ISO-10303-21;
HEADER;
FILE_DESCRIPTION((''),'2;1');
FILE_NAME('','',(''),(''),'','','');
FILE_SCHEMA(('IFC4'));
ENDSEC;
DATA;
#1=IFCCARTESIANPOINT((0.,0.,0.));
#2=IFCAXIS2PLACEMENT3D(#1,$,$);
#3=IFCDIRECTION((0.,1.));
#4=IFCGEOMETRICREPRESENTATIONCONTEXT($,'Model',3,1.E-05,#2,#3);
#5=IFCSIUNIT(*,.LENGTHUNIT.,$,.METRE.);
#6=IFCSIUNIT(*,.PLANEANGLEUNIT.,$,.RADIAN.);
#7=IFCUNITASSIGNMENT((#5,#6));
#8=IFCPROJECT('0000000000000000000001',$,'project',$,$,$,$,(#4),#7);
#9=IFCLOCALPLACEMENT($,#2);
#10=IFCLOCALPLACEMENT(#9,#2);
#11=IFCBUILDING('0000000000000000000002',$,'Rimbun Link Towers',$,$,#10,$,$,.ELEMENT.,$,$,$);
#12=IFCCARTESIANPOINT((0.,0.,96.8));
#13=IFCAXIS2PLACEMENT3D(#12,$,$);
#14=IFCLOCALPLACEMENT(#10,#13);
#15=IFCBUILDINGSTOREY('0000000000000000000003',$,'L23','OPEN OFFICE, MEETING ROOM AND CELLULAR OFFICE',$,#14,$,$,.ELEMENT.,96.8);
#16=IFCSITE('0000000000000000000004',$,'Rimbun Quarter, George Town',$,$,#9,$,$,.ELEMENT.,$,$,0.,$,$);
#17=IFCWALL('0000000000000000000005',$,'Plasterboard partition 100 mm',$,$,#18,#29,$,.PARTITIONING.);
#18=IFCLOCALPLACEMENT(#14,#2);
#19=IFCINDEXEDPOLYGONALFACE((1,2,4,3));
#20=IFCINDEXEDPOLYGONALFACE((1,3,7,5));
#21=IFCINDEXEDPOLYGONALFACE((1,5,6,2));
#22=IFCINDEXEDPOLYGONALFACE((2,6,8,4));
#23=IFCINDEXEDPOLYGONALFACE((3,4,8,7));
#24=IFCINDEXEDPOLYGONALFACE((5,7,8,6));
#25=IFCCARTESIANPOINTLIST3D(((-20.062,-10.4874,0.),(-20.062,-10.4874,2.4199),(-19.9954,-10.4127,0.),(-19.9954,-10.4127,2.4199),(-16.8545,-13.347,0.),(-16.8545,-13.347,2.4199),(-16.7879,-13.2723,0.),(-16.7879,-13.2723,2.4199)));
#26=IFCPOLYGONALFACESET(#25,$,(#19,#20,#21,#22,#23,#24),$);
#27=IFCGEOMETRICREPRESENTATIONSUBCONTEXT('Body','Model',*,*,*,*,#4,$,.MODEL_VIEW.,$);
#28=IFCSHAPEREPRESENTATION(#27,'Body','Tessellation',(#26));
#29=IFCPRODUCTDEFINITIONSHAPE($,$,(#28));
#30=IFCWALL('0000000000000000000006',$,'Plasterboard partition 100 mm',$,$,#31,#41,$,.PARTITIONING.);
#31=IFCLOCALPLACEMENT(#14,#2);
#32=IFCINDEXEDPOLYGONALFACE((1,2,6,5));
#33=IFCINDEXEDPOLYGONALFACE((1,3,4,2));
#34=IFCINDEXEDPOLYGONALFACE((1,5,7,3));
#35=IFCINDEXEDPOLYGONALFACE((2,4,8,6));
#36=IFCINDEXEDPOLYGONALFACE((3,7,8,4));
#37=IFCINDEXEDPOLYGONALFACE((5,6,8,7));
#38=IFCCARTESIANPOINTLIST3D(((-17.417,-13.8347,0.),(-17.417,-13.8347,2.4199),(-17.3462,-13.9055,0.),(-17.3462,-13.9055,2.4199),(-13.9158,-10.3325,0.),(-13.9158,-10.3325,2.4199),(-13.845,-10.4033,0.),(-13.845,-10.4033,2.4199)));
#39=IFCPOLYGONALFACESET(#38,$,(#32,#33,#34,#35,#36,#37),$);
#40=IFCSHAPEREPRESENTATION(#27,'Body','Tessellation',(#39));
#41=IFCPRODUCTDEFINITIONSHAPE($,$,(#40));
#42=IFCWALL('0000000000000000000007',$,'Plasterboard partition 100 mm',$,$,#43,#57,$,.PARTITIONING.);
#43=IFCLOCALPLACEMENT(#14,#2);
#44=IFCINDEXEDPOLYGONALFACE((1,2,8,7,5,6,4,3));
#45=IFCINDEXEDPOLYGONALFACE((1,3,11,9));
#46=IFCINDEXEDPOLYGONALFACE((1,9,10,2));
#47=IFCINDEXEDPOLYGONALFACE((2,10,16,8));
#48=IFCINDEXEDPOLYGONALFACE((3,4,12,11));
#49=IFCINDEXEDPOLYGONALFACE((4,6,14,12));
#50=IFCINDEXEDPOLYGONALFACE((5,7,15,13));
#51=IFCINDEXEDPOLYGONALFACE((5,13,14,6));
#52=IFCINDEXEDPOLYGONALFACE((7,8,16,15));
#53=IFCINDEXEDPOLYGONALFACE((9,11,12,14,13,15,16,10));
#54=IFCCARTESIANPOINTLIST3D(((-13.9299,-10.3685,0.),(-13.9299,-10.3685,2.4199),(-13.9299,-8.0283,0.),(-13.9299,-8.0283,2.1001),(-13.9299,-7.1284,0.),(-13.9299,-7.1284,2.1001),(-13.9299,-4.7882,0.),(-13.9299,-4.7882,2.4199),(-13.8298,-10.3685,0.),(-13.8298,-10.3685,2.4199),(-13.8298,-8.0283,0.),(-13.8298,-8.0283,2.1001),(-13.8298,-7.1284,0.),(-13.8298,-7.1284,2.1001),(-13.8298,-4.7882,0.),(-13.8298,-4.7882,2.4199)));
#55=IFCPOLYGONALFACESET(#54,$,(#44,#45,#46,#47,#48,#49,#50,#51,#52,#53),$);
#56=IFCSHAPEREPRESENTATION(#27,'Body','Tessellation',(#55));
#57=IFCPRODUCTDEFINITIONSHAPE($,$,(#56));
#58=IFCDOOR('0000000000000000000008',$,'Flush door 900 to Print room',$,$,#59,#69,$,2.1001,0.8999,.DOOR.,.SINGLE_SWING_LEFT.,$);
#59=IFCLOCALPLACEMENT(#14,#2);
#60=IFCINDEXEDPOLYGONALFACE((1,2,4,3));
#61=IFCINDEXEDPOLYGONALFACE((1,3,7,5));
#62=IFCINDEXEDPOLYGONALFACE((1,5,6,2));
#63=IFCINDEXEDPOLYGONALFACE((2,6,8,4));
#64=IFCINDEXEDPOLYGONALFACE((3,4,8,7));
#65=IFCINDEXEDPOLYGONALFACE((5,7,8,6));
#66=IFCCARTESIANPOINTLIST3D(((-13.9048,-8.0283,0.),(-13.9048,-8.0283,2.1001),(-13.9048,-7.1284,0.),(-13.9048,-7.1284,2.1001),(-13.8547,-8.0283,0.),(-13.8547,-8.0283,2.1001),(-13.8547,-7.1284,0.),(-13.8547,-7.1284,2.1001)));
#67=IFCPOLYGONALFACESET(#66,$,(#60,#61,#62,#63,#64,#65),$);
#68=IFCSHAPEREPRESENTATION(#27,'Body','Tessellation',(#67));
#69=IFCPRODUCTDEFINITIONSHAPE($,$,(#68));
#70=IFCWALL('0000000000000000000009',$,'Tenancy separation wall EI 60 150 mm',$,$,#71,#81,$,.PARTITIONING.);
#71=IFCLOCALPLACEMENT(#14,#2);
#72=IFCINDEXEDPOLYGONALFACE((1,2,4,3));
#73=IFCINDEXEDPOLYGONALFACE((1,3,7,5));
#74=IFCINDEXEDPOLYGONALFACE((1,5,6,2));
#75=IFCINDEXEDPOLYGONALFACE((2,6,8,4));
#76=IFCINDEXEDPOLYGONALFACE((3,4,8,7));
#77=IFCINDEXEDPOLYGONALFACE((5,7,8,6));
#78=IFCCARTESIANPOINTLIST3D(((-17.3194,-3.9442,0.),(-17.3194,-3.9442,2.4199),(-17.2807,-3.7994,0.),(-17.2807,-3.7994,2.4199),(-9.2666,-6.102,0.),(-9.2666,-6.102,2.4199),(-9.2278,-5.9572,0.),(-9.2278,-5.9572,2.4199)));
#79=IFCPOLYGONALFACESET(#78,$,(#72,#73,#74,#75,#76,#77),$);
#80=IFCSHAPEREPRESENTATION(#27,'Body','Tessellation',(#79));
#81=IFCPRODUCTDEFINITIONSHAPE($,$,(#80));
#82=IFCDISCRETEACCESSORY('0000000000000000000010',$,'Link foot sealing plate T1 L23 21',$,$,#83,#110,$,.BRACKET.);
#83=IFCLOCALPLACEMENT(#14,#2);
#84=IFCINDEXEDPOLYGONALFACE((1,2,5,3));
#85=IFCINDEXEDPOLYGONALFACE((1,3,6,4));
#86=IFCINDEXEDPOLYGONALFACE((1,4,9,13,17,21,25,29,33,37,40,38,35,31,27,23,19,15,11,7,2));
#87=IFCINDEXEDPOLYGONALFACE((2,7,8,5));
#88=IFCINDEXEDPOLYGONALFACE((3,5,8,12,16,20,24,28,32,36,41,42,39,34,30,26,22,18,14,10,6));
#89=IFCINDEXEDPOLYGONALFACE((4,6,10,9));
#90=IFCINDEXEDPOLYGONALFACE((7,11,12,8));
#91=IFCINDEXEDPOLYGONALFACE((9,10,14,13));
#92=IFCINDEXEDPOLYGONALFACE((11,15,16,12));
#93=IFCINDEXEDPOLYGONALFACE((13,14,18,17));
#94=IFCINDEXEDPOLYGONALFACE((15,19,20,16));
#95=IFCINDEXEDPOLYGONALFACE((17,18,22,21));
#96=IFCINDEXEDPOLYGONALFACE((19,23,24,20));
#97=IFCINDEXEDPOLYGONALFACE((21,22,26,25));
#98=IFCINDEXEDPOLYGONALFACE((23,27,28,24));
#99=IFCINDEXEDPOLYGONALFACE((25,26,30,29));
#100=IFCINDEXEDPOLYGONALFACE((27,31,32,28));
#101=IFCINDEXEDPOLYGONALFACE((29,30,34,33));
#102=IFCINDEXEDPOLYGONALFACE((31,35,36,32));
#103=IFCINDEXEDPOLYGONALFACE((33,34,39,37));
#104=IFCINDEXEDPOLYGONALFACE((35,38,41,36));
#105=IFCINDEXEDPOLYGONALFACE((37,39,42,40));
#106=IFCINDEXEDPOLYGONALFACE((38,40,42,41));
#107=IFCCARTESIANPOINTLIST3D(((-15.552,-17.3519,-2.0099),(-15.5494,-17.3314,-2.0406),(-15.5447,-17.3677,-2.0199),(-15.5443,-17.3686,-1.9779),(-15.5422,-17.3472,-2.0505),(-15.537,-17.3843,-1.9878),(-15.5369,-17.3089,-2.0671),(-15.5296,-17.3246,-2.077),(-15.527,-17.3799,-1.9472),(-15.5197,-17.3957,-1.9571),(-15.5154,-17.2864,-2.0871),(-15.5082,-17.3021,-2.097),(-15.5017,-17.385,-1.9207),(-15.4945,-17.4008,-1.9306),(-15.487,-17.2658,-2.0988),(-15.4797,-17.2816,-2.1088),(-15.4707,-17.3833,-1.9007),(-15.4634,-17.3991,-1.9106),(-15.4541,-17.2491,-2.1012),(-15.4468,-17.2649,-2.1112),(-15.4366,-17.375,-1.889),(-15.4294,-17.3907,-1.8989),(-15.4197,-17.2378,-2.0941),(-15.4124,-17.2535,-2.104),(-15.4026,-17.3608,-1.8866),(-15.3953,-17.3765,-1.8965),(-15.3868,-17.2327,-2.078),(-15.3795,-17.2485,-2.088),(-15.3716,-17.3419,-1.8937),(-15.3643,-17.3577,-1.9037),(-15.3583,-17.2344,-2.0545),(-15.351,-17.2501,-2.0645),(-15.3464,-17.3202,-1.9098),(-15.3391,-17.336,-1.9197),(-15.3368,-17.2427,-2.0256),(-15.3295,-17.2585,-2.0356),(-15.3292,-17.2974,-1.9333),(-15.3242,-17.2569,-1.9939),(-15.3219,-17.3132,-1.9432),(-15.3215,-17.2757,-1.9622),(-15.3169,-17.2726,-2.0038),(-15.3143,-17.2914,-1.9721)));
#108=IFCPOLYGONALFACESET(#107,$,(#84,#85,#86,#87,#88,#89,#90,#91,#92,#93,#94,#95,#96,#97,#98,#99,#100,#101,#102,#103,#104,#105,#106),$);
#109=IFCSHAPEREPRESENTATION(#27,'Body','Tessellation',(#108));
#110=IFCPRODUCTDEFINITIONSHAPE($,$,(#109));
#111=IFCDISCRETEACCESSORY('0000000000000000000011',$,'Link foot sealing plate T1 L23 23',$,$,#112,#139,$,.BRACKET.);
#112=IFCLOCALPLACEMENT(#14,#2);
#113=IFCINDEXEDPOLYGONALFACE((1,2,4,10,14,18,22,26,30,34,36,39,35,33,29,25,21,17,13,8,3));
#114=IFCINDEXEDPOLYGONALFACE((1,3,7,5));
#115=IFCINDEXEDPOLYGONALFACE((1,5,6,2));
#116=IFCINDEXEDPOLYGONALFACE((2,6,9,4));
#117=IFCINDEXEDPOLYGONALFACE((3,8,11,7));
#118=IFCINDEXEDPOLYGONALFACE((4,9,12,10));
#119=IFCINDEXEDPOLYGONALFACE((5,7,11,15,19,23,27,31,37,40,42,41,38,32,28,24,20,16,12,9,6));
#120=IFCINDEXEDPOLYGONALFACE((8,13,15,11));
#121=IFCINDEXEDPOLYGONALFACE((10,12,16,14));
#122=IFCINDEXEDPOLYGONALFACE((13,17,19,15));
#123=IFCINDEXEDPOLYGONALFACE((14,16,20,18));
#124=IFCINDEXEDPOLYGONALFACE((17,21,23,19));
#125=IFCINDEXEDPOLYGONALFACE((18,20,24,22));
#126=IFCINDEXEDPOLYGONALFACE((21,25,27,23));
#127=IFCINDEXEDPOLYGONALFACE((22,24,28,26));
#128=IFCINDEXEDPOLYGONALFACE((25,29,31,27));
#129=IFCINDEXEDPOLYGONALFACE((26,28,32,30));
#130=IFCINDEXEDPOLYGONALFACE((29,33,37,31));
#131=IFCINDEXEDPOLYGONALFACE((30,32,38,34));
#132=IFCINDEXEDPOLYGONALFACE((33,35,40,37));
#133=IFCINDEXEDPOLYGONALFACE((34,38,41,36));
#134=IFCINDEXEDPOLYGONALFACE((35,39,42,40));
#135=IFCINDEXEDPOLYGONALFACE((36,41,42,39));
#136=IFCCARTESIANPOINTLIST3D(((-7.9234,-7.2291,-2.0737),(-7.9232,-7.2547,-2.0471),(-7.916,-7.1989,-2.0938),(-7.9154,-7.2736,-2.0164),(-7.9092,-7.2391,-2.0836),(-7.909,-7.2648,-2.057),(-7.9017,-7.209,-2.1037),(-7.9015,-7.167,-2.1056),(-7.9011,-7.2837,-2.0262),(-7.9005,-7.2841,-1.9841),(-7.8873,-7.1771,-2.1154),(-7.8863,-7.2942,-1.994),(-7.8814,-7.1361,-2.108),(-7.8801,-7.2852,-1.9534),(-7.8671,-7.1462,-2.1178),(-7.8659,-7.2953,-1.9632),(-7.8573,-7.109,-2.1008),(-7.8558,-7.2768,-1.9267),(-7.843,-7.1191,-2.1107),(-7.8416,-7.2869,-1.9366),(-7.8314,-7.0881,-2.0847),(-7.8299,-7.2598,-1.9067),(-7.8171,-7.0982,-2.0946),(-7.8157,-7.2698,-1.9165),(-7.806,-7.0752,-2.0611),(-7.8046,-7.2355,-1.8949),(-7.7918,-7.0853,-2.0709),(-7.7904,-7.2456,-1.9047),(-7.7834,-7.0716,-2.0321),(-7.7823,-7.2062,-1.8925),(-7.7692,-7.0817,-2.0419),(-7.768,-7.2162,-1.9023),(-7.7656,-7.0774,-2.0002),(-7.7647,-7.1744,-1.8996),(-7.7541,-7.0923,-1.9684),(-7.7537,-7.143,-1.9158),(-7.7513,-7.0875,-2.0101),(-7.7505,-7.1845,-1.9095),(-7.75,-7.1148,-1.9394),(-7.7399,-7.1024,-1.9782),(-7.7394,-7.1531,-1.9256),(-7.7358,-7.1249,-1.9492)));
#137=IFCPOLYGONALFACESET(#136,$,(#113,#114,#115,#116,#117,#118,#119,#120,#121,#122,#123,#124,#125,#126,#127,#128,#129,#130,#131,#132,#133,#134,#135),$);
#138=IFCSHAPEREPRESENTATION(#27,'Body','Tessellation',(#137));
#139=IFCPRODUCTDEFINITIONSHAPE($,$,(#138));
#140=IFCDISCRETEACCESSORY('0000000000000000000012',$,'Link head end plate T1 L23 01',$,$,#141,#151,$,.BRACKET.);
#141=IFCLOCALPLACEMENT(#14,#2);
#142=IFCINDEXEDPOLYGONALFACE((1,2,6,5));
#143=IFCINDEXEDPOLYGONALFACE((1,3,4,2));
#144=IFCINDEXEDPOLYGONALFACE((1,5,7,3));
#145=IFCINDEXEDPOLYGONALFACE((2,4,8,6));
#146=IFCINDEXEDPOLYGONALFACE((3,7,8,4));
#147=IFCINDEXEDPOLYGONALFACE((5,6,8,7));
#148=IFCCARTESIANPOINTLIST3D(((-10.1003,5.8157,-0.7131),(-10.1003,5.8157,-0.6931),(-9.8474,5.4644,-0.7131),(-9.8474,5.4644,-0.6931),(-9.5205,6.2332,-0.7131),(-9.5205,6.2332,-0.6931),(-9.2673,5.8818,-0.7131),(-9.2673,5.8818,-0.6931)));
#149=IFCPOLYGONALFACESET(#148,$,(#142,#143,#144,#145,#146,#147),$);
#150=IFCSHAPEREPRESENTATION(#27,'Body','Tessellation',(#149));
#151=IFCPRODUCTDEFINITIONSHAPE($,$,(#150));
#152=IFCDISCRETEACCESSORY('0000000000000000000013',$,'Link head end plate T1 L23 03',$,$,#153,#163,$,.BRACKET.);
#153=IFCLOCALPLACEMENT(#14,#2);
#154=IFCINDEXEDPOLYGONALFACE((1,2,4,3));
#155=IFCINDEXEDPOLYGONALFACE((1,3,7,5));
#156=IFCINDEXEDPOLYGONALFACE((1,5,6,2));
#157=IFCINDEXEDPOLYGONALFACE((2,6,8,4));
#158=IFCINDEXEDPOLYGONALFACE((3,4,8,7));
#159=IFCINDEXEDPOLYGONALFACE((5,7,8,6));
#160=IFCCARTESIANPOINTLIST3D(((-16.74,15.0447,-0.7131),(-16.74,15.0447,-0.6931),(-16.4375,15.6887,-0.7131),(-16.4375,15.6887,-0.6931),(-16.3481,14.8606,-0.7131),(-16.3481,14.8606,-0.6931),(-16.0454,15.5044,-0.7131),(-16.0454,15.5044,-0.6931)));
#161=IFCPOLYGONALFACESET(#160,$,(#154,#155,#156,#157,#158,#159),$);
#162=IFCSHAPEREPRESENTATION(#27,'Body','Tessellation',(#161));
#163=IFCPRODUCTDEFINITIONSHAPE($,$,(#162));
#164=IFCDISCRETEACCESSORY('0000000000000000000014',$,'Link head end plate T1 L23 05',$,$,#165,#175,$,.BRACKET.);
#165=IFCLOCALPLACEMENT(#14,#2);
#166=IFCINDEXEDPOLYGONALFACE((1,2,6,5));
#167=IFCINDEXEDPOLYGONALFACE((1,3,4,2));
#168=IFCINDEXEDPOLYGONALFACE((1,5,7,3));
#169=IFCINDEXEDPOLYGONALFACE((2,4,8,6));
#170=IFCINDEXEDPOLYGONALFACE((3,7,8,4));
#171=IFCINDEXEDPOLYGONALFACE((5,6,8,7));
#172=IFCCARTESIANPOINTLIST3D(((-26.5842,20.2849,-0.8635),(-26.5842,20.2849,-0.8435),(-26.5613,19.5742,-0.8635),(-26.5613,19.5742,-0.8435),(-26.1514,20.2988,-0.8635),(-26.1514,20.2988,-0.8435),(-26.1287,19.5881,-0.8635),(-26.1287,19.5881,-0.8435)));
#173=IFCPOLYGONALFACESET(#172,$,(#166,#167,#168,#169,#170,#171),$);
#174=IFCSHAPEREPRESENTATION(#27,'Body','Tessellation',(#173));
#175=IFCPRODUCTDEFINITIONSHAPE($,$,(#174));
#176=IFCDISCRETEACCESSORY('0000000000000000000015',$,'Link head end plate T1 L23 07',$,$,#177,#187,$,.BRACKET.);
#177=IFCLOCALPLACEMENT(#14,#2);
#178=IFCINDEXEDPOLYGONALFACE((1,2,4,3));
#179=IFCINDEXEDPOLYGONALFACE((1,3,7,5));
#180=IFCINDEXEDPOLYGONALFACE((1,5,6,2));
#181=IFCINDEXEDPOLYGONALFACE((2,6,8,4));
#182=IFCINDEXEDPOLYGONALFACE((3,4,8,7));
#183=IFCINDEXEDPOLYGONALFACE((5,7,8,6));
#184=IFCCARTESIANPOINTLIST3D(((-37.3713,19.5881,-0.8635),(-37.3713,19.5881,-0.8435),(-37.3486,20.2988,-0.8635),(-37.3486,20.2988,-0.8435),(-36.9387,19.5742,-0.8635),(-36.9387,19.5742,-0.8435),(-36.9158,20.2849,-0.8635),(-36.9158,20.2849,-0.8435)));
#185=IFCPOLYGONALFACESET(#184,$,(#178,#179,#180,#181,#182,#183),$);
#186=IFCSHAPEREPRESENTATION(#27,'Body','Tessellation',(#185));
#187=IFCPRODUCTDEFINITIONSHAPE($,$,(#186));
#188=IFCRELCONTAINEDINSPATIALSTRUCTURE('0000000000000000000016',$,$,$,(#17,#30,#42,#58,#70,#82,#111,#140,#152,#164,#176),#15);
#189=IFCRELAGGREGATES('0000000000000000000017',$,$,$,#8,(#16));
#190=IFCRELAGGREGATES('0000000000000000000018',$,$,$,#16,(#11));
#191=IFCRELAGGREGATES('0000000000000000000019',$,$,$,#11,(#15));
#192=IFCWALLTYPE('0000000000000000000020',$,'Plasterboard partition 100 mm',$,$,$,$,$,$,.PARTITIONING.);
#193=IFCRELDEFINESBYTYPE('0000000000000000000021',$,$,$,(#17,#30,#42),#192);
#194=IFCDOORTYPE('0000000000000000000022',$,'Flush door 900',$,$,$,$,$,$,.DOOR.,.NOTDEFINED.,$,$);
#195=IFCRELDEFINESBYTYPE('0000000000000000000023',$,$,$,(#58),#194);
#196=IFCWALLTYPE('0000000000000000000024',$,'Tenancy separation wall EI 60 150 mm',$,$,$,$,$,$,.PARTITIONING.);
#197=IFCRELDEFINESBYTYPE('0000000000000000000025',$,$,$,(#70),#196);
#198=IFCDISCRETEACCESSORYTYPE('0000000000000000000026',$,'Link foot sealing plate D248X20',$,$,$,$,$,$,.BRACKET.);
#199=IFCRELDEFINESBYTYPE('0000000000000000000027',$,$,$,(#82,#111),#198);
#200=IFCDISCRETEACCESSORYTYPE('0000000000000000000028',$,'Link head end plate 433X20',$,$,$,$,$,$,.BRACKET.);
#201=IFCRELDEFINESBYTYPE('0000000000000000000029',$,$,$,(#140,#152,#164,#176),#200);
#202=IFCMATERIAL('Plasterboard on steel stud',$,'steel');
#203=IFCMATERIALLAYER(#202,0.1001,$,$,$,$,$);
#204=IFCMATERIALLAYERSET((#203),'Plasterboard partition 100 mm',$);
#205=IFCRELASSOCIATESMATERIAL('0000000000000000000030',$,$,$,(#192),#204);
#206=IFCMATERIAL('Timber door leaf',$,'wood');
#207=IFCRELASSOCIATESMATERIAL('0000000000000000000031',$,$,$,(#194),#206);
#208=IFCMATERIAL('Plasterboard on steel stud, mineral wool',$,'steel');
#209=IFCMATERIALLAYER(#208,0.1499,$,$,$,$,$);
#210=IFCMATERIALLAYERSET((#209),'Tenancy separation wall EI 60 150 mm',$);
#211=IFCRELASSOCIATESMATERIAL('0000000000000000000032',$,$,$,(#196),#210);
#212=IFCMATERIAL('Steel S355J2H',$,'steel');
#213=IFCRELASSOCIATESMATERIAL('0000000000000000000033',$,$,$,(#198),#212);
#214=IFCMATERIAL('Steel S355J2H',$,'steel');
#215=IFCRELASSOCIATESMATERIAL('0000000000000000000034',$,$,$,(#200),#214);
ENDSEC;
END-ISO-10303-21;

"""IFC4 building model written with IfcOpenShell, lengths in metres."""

from ifc_helpers import new_model, si_unit, direction, frame, frame_2d, origin, origin_2d, place, context, subcontext, project, spatial, polyline, rectangle, circle, outline, extrude, material, layer, layer_set, material_profile, profile_set, type_object, element, fill, save


model = new_model("IFC4")

# Units and contexts
model_context = context("Model", 3, precision=1e-05, world=origin(), true_north=direction((0.0, 1.0)))
body_context = subcontext(model_context, "Body", "Model", "MODEL_VIEW")
ifc_project = project(units=[si_unit("LENGTHUNIT", "METRE"), si_unit("PLANEANGLEUNIT", "RADIAN")], contexts=[model_context])

# Site, building, storey
site_placement = place(None, origin())
site = spatial("IfcSite", under=ifc_project, at=site_placement, Name="Rimbun Quarter, George Town", CompositionType="ELEMENT", RefElevation=0.0)
building_placement = place(site_placement, origin())
building = spatial("IfcBuilding", under=site, at=building_placement, Name="Rimbun Link Towers", CompositionType="ELEMENT")
storey_placement = place(building_placement, frame((0.0, 0.0, 96.8)))
storey = spatial("IfcBuildingStorey", under=building, at=storey_placement, Name="L23", Description="OPEN OFFICE, MEETING ROOM AND CELLULAR OFFICE", CompositionType="ELEMENT", Elevation=96.8)

# Walls
ifc_material_1 = material(Name="Plasterboard on steel stud", Category="steel")
ifc_layer_1 = layer(ifc_material_1, 0.1001)
ifc_layer_set_1 = layer_set([ifc_layer_1], Name="Plasterboard partition 100 mm")
wall_type_1 = type_object("IfcWallType", Name="Plasterboard partition 100 mm", PredefinedType="PARTITIONING", material=ifc_layer_set_1)
wall_1_placement = place(storey_placement, frame((-16.8213, -13.3096, 0.0), z_axis=(0.0, 0.0, 1.0), x_axis=(-0.746427, 0.665467, 0.0)))
element("IfcWall", 1, at=wall_1_placement, inside=storey, type_object=wall_type_1, Name="Plasterboard partition 100 mm", PredefinedType="PARTITIONING", context=body_context, shape_type="SweptSolid", body=[
    extrude(rectangle(XDim=4.2971, YDim=0.1001, at=frame_2d((2.1484, 0.0))), origin(), (0.0, 0.0, 1.0), 2.4199),
])
wall_2_placement = place(storey_placement, frame((-17.3816, -13.8701, 0.0), z_axis=(0.0, 0.0, 1.0), x_axis=(0.707008, 0.707205, 0.0)))
element("IfcWall", 2, at=wall_2_placement, inside=storey, type_object=wall_type_1, Name="Plasterboard partition 100 mm", PredefinedType="PARTITIONING", context=body_context, shape_type="SweptSolid", body=[
    extrude(rectangle(XDim=4.9521, YDim=0.1001, at=frame_2d((2.4761, 0.0))), origin(), (0.0, 0.0, 1.0), 2.4199),
])

# Wall, opening, door
wall_3_placement = place(storey_placement, frame((-13.8799, -10.3684, 0.0), z_axis=(0.0, 0.0, 1.0), x_axis=(0.0, 1.0, 0.0)))
wall_3 = element("IfcWall", 3, at=wall_3_placement, inside=storey, type_object=wall_type_1, Name="Plasterboard partition 100 mm", PredefinedType="PARTITIONING", context=body_context, shape_type="SweptSolid", body=[
    extrude(rectangle(XDim=5.5803, YDim=0.1001, at=frame_2d((2.79, 0.0))), origin(), (0.0, 0.0, 1.0), 2.4199),
])
opening_placement = place(wall_3_placement, frame((2.3401, 0.0, 0.0)))
opening = element("IfcOpeningElement", 4, at=opening_placement, cuts=wall_3, PredefinedType="OPENING", context=body_context, shape_type="SweptSolid", body=[
    extrude(rectangle(XDim=0.8999, YDim=2.1001, at=frame_2d((0.45, 1.05))), frame((0.0, 0.0601, 0.0), z_axis=(0.0, -1.0, 0.0), x_axis=(1.0, 0.0, 0.0)), (0.0, 0.0, 1.0), 0.1201),
])
ifc_material_2 = material(Name="Timber door leaf", Category="wood")
door_type = type_object("IfcDoorType", Name="Flush door 900", OperationType="NOTDEFINED", PredefinedType="DOOR", material=ifc_material_2)
door_placement = place(opening_placement, origin())
door = element("IfcDoor", 5, at=door_placement, inside=storey, type_object=door_type, Name="Flush door 900 to Print room", OperationType="SINGLE_SWING_LEFT", OverallHeight=2.1001, OverallWidth=0.8999, PredefinedType="DOOR", context=body_context, shape_type="SweptSolid", body=[
    extrude(rectangle(XDim=0.8999, YDim=2.1001, at=frame_2d((0.45, 1.05))), frame((0.0, 0.0249, 0.0), z_axis=(0.0, -1.0, 0.0), x_axis=(1.0, 0.0, 0.0)), (0.0, 0.0, 1.0), 0.05),
])
fill(opening, door)

# Wall
ifc_material_3 = material(Name="Plasterboard on steel stud, mineral wool", Category="steel")
ifc_layer_2 = layer(ifc_material_3, 0.1499)
ifc_layer_set_2 = layer_set([ifc_layer_2], Name="Tenancy separation wall EI 60 150 mm")
wall_type_2 = type_object("IfcWallType", Name="Tenancy separation wall EI 60 150 mm", PredefinedType="PARTITIONING", material=ifc_layer_set_2)
wall_4_placement = place(storey_placement, frame((-17.3, -3.8718, 0.0), z_axis=(0.0, 0.0, 1.0), x_axis=(0.965926, -0.258818, 0.0)))
element("IfcWall", 6, at=wall_4_placement, inside=storey, type_object=wall_type_2, Name="Tenancy separation wall EI 60 150 mm", PredefinedType="PARTITIONING", context=body_context, shape_type="SweptSolid", body=[
    extrude(rectangle(XDim=8.3369, YDim=0.1499, at=frame_2d((4.1685, 0.0))), origin(), (0.0, 0.0, 1.0), 2.4199),
])

# Discrete accessories
ifc_material_4 = material(Name="Steel S355J2H", Category="steel")
ifc_material_profile_1 = material_profile(ifc_material_4, circle(Radius=0.124, at=origin_2d()), Name="PL D248")
ifc_profile_set_1 = profile_set([ifc_material_profile_1], Name="Steel S355J2H")
discrete_accessory_type_1 = type_object("IfcDiscreteAccessoryType", Name="Link foot sealing plate D248X20", PredefinedType="BRACKET", material=ifc_profile_set_1)
for number, where, z_axis, x_axis, name in (
    (7, (-15.4368, -17.3088, -1.9939), (0.363643, -0.787893, -0.496979), (0.907959, 0.419058, 0.0), "Link foot sealing plate T1 L23 21"),
    (8, (-7.8372, -7.1787, -2.0002), (0.711509, -0.502963, -0.490696), (0.577236, 0.816577, 0.0), "Link foot sealing plate T1 L23 23"),
):
    element("IfcDiscreteAccessory", number, at=place(storey_placement, frame(where, z_axis=z_axis, x_axis=x_axis)), inside=storey, type_object=discrete_accessory_type_1, Name=name, PredefinedType="BRACKET", context=body_context, shape_type="SweptSolid", body=[
        extrude(circle(Radius=0.124, at=origin_2d()), origin(), (0.0, 0.0, 1.0), 0.02),
    ])
ifc_material_5 = material(Name="Steel S355J2H", Category="steel")
ifc_material_profile_2 = material_profile(ifc_material_5, rectangle(XDim=0.4331, YDim=0.4331, at=origin_2d()), Name="PL 433x433")
ifc_profile_set_2 = profile_set([ifc_material_profile_2], Name="Steel S355J2H")
discrete_accessory_type_2 = type_object("IfcDiscreteAccessoryType", Name="Link head end plate 433X20", PredefinedType="BRACKET", material=ifc_profile_set_2)
discrete_accessory_1_placement = place(storey_placement, frame((0.0, 0.0, -0.7131)))
element("IfcDiscreteAccessory", 9, at=discrete_accessory_1_placement, inside=storey, type_object=discrete_accessory_type_2, Name="Link head end plate T1 L23 01", PredefinedType="BRACKET", context=body_context, shape_type="SweptSolid", body=[
    extrude(outline(polyline([(-9.8474, 5.4644), (-9.2673, 5.8818), (-9.5205, 6.2332), (-10.1003, 5.8157), (-9.8474, 5.4644)])), origin(), (0.0, 0.0, 1.0), 0.02),
])
discrete_accessory_2_placement = place(storey_placement, frame((0.0, 0.0, -0.7131)))
element("IfcDiscreteAccessory", 10, at=discrete_accessory_2_placement, inside=storey, type_object=discrete_accessory_type_2, Name="Link head end plate T1 L23 03", PredefinedType="BRACKET", context=body_context, shape_type="SweptSolid", body=[
    extrude(outline(polyline([(-16.3481, 14.8606), (-16.0454, 15.5044), (-16.4375, 15.6887), (-16.74, 15.0447), (-16.3481, 14.8606)])), origin(), (0.0, 0.0, 1.0), 0.02),
])
discrete_accessory_3_placement = place(storey_placement, frame((0.0, 0.0, -0.8635)))
element("IfcDiscreteAccessory", 11, at=discrete_accessory_3_placement, inside=storey, type_object=discrete_accessory_type_2, Name="Link head end plate T1 L23 05", PredefinedType="BRACKET", context=body_context, shape_type="SweptSolid", body=[
    extrude(outline(polyline([(-26.1287, 19.5881), (-26.1514, 20.2988), (-26.5842, 20.2849), (-26.5613, 19.5742), (-26.1287, 19.5881)])), origin(), (0.0, 0.0, 1.0), 0.02),
])
discrete_accessory_4_placement = place(storey_placement, frame((0.0, 0.0, -0.8635)))
element("IfcDiscreteAccessory", 12, at=discrete_accessory_4_placement, inside=storey, type_object=discrete_accessory_type_2, Name="Link head end plate T1 L23 07", PredefinedType="BRACKET", context=body_context, shape_type="SweptSolid", body=[
    extrude(outline(polyline([(-36.9387, 19.5742), (-36.9158, 20.2849), (-37.3486, 20.2988), (-37.3713, 19.5881), (-36.9387, 19.5742)])), origin(), (0.0, 0.0, 1.0), 0.02),
])

save(model, "model.ifc")
